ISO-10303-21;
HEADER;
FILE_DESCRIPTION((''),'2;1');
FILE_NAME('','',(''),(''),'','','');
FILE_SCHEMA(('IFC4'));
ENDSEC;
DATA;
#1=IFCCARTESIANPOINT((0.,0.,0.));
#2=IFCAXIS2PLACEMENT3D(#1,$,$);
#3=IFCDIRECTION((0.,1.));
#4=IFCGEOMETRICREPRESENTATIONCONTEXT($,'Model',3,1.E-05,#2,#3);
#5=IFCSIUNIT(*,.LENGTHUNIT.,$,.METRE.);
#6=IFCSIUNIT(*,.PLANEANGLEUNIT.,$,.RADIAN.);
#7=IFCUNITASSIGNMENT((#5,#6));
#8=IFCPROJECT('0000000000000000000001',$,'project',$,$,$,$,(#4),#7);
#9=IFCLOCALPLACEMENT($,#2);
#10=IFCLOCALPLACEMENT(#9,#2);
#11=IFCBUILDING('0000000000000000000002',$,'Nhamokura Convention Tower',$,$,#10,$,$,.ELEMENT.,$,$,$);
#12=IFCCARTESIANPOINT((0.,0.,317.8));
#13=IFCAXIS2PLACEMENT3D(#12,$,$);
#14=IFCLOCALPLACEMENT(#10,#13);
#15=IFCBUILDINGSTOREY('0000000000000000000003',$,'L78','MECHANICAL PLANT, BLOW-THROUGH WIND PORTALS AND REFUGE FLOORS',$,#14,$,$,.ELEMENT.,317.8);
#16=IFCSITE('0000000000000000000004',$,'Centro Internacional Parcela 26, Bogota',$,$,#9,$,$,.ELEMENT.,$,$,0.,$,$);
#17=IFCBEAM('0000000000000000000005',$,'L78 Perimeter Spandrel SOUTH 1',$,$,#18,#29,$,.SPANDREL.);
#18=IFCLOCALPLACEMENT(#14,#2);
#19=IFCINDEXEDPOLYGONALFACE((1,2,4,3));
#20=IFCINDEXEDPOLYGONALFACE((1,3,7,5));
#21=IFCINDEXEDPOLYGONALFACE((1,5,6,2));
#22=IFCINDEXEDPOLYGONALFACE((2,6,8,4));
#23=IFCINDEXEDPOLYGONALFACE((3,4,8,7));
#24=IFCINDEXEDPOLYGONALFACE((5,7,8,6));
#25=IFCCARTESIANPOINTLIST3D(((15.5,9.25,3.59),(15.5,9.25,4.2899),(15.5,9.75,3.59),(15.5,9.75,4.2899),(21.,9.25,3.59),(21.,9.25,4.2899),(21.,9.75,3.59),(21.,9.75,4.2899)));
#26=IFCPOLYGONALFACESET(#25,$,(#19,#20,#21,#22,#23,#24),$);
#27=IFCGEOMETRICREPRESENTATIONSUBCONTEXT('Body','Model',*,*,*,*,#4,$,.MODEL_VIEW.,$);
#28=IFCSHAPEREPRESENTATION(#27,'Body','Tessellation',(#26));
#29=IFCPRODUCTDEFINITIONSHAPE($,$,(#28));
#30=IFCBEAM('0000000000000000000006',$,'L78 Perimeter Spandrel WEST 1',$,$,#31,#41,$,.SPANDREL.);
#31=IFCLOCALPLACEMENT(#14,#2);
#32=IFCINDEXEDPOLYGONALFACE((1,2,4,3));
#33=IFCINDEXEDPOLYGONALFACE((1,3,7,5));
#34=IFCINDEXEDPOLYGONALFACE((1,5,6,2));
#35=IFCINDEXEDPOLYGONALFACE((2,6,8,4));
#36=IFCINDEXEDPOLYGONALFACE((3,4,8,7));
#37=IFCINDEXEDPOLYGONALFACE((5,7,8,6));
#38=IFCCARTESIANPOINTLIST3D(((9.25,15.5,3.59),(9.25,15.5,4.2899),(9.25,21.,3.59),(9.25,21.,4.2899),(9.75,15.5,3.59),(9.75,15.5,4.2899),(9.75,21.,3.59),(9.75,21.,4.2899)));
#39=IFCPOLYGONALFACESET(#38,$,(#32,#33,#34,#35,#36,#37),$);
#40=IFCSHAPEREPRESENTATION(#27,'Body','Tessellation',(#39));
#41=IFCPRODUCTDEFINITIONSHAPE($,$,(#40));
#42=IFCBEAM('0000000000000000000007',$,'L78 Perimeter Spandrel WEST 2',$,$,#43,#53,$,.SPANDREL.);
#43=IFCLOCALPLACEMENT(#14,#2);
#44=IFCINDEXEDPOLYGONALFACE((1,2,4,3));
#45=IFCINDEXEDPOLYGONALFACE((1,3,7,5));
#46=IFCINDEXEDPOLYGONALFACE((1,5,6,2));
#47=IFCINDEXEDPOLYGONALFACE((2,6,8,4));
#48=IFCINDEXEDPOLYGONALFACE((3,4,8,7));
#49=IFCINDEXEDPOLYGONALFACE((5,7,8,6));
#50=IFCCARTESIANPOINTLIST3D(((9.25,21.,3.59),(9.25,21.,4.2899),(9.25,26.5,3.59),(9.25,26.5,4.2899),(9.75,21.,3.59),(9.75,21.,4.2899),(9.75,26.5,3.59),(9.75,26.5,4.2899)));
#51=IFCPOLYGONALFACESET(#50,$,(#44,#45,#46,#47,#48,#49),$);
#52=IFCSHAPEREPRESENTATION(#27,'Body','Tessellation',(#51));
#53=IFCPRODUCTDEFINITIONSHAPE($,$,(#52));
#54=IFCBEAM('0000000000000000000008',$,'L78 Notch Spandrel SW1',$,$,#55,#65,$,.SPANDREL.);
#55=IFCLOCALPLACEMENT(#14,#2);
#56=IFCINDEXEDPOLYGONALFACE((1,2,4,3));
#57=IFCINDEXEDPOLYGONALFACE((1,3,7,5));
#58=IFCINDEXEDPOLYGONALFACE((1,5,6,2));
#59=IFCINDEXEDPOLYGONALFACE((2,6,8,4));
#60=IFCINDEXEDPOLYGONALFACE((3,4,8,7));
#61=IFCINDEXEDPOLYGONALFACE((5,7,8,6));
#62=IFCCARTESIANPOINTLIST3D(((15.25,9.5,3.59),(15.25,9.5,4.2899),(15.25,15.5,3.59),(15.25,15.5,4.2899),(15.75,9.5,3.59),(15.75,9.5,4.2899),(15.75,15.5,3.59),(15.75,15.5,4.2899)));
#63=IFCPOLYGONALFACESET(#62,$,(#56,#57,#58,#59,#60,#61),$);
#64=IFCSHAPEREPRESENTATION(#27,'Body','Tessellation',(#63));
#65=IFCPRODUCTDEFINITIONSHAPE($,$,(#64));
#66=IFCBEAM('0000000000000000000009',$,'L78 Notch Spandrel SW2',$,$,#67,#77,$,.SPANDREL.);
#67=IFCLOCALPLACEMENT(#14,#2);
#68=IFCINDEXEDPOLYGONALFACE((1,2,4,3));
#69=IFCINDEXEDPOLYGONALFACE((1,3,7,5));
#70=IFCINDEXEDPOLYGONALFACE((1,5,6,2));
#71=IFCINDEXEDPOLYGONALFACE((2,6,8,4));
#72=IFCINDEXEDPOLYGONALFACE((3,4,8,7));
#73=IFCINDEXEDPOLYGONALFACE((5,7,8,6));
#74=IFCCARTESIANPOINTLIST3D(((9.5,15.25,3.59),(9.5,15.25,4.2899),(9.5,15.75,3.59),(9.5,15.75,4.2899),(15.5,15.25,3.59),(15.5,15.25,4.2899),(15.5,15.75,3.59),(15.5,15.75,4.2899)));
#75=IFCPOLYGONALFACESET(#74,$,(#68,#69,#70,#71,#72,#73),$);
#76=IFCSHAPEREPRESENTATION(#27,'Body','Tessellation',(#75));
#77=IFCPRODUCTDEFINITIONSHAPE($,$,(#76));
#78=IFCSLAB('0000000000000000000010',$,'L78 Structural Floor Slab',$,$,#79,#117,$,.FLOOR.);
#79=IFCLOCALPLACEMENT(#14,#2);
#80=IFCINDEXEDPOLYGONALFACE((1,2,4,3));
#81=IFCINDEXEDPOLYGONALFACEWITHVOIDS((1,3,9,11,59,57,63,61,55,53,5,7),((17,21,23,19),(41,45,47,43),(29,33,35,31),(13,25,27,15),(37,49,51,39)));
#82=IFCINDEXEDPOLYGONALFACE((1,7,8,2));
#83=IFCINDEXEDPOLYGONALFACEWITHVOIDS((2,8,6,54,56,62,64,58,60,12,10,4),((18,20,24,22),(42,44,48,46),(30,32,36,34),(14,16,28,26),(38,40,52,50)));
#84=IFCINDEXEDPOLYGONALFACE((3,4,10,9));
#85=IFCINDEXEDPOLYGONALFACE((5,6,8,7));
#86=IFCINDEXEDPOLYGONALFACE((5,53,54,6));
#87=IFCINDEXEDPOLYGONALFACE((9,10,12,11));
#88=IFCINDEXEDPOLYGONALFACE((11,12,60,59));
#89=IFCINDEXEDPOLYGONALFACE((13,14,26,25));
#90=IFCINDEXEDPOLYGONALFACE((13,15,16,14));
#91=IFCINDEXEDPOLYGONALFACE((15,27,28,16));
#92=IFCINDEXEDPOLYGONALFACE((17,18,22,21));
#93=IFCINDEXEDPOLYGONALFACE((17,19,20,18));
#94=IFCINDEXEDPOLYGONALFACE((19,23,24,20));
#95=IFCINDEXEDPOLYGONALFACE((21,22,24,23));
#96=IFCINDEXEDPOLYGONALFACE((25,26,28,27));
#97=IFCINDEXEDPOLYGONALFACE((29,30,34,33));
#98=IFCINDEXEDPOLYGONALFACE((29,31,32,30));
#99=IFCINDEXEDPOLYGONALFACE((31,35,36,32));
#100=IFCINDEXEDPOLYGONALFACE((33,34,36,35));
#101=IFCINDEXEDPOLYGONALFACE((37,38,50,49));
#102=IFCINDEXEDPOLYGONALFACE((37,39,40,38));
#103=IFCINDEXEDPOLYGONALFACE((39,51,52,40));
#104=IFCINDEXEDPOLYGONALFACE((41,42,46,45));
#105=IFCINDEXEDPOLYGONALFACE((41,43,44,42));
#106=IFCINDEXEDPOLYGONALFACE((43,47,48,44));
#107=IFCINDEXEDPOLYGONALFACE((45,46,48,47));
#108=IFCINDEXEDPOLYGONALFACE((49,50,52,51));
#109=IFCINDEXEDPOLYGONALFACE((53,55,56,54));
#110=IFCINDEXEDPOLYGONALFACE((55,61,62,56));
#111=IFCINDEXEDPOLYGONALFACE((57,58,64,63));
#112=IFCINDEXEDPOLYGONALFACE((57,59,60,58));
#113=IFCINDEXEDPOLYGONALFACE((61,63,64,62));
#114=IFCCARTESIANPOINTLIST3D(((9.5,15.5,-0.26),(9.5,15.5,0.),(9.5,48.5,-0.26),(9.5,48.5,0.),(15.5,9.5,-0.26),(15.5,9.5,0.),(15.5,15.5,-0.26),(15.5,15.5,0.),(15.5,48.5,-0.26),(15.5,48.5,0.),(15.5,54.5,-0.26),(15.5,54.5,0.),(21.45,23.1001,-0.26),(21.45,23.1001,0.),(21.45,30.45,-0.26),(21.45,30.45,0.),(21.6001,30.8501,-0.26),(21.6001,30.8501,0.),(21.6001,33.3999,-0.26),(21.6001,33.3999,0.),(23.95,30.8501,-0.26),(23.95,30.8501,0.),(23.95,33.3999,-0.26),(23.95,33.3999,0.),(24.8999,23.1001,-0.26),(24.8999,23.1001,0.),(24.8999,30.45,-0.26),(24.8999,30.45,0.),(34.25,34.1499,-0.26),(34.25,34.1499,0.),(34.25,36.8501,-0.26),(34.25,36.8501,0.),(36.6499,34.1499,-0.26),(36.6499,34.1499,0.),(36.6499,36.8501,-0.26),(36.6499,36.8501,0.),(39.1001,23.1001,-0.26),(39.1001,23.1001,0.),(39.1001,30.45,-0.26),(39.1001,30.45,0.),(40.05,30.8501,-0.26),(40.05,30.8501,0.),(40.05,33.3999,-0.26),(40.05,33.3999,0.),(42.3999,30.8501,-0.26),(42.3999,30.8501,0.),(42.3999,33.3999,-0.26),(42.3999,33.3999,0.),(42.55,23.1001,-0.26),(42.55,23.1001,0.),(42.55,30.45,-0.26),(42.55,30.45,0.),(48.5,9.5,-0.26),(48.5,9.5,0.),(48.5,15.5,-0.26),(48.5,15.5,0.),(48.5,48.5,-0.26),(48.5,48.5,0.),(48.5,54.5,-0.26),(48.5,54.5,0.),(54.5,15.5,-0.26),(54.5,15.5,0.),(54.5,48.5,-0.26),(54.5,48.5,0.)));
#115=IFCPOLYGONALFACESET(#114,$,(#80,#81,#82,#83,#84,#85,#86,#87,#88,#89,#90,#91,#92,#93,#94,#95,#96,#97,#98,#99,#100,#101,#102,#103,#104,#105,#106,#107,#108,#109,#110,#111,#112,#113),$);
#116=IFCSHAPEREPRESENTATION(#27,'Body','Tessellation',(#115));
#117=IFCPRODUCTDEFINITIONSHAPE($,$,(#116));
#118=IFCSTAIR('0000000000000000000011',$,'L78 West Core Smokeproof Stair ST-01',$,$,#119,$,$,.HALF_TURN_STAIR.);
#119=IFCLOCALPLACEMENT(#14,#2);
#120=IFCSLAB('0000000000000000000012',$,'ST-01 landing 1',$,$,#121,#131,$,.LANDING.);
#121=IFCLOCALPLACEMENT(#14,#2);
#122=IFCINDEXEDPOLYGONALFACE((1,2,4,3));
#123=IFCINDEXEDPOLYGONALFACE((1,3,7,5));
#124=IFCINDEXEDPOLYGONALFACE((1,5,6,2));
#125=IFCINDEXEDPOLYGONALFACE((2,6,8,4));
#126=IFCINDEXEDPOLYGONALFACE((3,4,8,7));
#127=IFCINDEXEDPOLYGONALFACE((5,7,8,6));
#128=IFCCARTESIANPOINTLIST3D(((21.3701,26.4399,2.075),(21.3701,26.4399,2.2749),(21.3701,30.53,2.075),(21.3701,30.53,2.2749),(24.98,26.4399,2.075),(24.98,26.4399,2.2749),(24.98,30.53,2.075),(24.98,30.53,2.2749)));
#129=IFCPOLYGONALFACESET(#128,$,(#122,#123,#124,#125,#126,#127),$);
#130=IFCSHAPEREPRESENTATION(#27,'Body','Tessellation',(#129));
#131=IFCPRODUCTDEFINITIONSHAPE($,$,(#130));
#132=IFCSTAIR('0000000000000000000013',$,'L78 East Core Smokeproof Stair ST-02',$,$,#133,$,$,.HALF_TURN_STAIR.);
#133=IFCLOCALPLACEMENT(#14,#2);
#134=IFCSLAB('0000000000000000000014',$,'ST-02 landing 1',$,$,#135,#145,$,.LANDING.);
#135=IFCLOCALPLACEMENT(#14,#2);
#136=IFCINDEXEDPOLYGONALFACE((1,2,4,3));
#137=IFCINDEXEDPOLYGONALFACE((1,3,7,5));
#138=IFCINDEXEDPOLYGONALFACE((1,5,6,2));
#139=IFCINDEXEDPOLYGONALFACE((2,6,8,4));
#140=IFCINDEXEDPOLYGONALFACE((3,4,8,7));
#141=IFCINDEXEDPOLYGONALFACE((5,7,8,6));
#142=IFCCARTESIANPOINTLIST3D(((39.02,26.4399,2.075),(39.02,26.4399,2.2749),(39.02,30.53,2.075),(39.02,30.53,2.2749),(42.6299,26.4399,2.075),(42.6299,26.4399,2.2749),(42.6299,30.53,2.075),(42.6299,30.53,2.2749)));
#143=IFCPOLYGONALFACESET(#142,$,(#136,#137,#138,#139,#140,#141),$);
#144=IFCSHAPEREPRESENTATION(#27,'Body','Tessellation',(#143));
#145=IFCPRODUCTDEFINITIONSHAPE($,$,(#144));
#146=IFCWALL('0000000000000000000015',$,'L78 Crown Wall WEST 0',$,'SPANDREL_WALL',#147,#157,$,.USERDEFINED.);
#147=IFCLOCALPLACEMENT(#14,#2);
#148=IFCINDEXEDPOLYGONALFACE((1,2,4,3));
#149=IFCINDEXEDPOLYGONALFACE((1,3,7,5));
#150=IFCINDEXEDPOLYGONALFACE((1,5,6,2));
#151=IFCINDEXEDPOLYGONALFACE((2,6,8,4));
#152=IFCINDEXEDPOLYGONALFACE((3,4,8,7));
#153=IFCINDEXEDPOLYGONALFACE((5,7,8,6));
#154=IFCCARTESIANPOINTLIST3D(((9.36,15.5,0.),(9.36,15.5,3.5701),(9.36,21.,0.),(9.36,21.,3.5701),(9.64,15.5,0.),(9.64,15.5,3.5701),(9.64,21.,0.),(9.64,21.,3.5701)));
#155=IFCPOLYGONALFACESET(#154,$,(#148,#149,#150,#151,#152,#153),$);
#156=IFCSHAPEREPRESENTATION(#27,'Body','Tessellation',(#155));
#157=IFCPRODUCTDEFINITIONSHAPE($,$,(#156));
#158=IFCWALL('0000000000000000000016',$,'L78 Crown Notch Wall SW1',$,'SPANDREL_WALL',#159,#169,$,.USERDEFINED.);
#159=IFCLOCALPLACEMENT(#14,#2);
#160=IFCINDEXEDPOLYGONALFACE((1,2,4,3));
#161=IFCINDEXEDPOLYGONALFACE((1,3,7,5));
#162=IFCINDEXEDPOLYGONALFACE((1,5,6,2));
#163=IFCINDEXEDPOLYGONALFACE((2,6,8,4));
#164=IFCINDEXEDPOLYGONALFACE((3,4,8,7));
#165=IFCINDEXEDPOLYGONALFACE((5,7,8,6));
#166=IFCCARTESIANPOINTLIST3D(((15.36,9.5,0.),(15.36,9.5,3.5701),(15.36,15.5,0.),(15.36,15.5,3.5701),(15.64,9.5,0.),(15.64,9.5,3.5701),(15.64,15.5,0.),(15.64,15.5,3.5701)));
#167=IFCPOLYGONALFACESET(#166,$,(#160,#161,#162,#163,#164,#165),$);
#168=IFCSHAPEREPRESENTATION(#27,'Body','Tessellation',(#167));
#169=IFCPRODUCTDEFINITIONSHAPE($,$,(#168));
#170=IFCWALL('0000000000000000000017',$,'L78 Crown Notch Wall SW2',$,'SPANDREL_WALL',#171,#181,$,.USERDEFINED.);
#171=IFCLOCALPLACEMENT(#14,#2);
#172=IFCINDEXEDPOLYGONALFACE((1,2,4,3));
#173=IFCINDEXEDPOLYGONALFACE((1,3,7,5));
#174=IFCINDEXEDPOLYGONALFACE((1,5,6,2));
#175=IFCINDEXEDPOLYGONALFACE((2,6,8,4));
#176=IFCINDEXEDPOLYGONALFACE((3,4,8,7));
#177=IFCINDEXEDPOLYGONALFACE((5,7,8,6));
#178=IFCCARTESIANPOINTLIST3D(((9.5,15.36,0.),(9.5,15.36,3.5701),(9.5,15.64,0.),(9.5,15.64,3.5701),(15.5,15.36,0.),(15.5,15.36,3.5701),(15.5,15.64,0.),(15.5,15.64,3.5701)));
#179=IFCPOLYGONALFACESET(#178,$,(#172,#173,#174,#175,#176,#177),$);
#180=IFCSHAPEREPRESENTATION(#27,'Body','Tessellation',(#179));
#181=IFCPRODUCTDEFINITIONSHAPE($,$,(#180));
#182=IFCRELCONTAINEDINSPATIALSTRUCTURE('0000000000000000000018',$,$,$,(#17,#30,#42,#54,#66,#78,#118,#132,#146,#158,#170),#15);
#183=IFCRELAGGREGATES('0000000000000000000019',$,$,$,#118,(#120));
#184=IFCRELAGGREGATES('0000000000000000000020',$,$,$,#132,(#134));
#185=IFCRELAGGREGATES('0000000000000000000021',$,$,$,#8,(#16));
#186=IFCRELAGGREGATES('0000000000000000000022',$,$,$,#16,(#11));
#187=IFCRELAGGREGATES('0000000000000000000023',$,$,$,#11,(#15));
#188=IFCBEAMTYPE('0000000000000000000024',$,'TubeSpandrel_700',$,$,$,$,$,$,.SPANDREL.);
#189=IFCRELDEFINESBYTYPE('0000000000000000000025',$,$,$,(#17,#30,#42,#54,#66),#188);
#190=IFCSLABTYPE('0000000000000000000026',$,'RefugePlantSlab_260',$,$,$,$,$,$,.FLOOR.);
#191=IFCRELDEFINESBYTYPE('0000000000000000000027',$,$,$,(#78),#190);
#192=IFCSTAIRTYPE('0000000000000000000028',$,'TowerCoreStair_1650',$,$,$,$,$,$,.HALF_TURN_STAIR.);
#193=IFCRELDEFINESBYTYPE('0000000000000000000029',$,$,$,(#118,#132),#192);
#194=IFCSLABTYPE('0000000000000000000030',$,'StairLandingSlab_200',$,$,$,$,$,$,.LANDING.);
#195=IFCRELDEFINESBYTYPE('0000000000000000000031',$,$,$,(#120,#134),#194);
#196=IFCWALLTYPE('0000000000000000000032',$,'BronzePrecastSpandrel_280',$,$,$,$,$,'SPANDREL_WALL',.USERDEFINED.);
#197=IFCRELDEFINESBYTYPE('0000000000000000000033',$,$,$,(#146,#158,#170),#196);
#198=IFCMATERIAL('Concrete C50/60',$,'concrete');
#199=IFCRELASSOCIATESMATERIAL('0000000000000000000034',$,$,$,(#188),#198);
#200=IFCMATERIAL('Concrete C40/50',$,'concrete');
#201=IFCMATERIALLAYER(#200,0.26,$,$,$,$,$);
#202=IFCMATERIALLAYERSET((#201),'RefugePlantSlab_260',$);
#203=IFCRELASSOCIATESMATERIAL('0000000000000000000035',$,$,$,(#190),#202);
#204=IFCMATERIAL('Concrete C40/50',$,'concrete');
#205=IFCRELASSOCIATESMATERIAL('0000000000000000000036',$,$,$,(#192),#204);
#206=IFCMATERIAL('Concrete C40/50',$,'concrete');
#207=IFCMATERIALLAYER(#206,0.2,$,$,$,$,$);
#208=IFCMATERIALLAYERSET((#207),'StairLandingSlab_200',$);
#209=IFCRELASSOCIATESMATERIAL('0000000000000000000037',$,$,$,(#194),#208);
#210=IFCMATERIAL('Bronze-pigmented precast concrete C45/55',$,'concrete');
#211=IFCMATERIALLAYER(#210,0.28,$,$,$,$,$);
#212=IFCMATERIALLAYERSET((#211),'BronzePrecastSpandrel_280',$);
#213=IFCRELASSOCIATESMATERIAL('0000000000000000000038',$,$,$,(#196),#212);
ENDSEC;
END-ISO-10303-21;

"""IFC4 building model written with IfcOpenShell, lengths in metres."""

from ifc_helpers import new_model, si_unit, direction, frame, frame_2d, origin, origin_2d, place, context, subcontext, project, spatial, polyline, rectangle, outline, extrude, material, layer, layer_set, material_profile, profile_set, type_object, element, aggregate, save


model = new_model("IFC4")

# Units and contexts
model_context = context("Model", 3, precision=1e-05, world=origin(), true_north=direction((0.0, 1.0)))
body_context = subcontext(model_context, "Body", "Model", "MODEL_VIEW")
ifc_project = project(units=[si_unit("LENGTHUNIT", "METRE"), si_unit("PLANEANGLEUNIT", "RADIAN")], contexts=[model_context])

# Site, building, storey
site_placement = place(None, origin())
site = spatial("IfcSite", under=ifc_project, at=site_placement, Name="Centro Internacional Parcela 26, Bogota", CompositionType="ELEMENT", RefElevation=0.0)
building_placement = place(site_placement, origin())
building = spatial("IfcBuilding", under=site, at=building_placement, Name="Nhamokura Convention Tower", CompositionType="ELEMENT")
storey_placement = place(building_placement, frame((0.0, 0.0, 317.8)))
storey = spatial("IfcBuildingStorey", under=building, at=storey_placement, Name="L78", Description="MECHANICAL PLANT, BLOW-THROUGH WIND PORTALS AND REFUGE FLOORS", CompositionType="ELEMENT", Elevation=317.8)

# Beams
ifc_material_1 = material(Name="Concrete C50/60", Category="concrete")
ifc_material_profile_1 = material_profile(ifc_material_1, rectangle(XDim=0.5, YDim=0.7, at=origin_2d()))
ifc_profile_set_1 = profile_set([ifc_material_profile_1], Name="Concrete C50/60")
beam_type_1 = type_object("IfcBeamType", Name="TubeSpandrel_700", PredefinedType="SPANDREL", material=ifc_profile_set_1)
for number, where, z_axis, x_axis, name in (
    (1, (15.5, 9.5, 3.9399), (1.0, 0.0, 0.0), (0.0, 1.0, 0.0), "L78 Perimeter Spandrel SOUTH 1"),
    (2, (9.5, 15.5, 3.9399), (0.0, 1.0, 0.0), (-1.0, 0.0, 0.0), "L78 Perimeter Spandrel WEST 1"),
    (3, (9.5, 21.0, 3.9399), (0.0, 1.0, 0.0), (-1.0, 0.0, 0.0), "L78 Perimeter Spandrel WEST 2"),
):
    element("IfcBeam", number, at=place(storey_placement, frame(where, z_axis=z_axis, x_axis=x_axis)), inside=storey, type_object=beam_type_1, Name=name, PredefinedType="SPANDREL", context=body_context, shape_type="SweptSolid", body=[
        extrude(rectangle(XDim=0.5, YDim=0.7, at=origin_2d()), origin(), (0.0, 0.0, 1.0), 5.5),
    ])
for number, where, z_axis, x_axis, name in (
    (4, (15.5, 9.5, 3.9399), (0.0, 1.0, 0.0), (-1.0, 0.0, 0.0), "L78 Notch Spandrel SW1"),
    (5, (15.5, 15.5, 3.9399), (-1.0, 0.0, 0.0), (0.0, -1.0, 0.0), "L78 Notch Spandrel SW2"),
):
    element("IfcBeam", number, at=place(storey_placement, frame(where, z_axis=z_axis, x_axis=x_axis)), inside=storey, type_object=beam_type_1, Name=name, PredefinedType="SPANDREL", context=body_context, shape_type="SweptSolid", body=[
        extrude(rectangle(XDim=0.5, YDim=0.7, at=origin_2d()), origin(), (0.0, 0.0, 1.0), 6.0),
    ])

# Slab
ifc_material_2 = material(Name="Concrete C40/50", Category="concrete")
ifc_layer_1 = layer(ifc_material_2, 0.26)
ifc_layer_set_1 = layer_set([ifc_layer_1], Name="RefugePlantSlab_260")
slab_type_1 = type_object("IfcSlabType", Name="RefugePlantSlab_260", PredefinedType="FLOOR", material=ifc_layer_set_1)
slab_1_placement = place(storey_placement, frame((0.0, 0.0, -0.26)))
element("IfcSlab", 6, at=slab_1_placement, inside=storey, type_object=slab_type_1, Name="L78 Structural Floor Slab", PredefinedType="FLOOR", context=body_context, shape_type="SweptSolid", body=[
    extrude(outline(polyline([(15.5, 9.5), (48.5, 9.5), (48.5, 15.5), (54.5, 15.5), (54.5, 48.5), (48.5, 48.5), (48.5, 54.5), (15.5, 54.5), (15.5, 48.5), (9.5, 48.5), (9.5, 15.5), (15.5, 15.5), (15.5, 9.5)]), holes=[polyline([(24.8999, 23.1001), (24.8999, 30.45), (21.45, 30.45), (21.45, 23.1001), (24.8999, 23.1001)]), polyline([(42.55, 23.1001), (42.55, 30.45), (39.1001, 30.45), (39.1001, 23.1001), (42.55, 23.1001)]), polyline([(21.6001, 30.8501), (23.95, 30.8501), (23.95, 33.3999), (21.6001, 33.3999), (21.6001, 30.8501)]), polyline([(40.05, 30.8501), (42.3999, 30.8501), (42.3999, 33.3999), (40.05, 33.3999), (40.05, 30.8501)]), polyline([(34.25, 34.1499), (36.6499, 34.1499), (36.6499, 36.8501), (34.25, 36.8501), (34.25, 34.1499)])]), origin(), (0.0, 0.0, 1.0), 0.26),
])

# Stairs, slabs
ifc_material_3 = material(Name="Concrete C40/50", Category="concrete")
stair_type = type_object("IfcStairType", Name="TowerCoreStair_1650", PredefinedType="HALF_TURN_STAIR", material=ifc_material_3)
stair_1_placement = place(storey_placement, origin())
stair_1 = element("IfcStair", 7, at=stair_1_placement, inside=storey, type_object=stair_type, Name="L78 West Core Smokeproof Stair ST-01", PredefinedType="HALF_TURN_STAIR")
ifc_material_4 = material(Name="Concrete C40/50", Category="concrete")
ifc_layer_2 = layer(ifc_material_4, 0.2)
ifc_layer_set_2 = layer_set([ifc_layer_2], Name="StairLandingSlab_200")
slab_type_2 = type_object("IfcSlabType", Name="StairLandingSlab_200", PredefinedType="LANDING", material=ifc_layer_set_2)
slab_2_placement = place(storey_placement, frame((0.0, 0.0, 2.075)))
slab_2 = element("IfcSlab", 8, at=slab_2_placement, type_object=slab_type_2, Name="ST-01 landing 1", PredefinedType="LANDING", context=body_context, shape_type="SweptSolid", body=[
    extrude(outline(polyline([(24.98, 26.4399), (24.98, 30.53), (21.3701, 30.53), (21.3701, 26.4399), (24.98, 26.4399)])), origin(), (0.0, 0.0, 1.0), 0.2),
])
aggregate(stair_1, [slab_2])
stair_2_placement = place(storey_placement, origin())
stair_2 = element("IfcStair", 9, at=stair_2_placement, inside=storey, type_object=stair_type, Name="L78 East Core Smokeproof Stair ST-02", PredefinedType="HALF_TURN_STAIR")
slab_3_placement = place(storey_placement, frame((0.0, 0.0, 2.075)))
slab_3 = element("IfcSlab", 10, at=slab_3_placement, type_object=slab_type_2, Name="ST-02 landing 1", PredefinedType="LANDING", context=body_context, shape_type="SweptSolid", body=[
    extrude(outline(polyline([(42.6299, 26.4399), (42.6299, 30.53), (39.02, 30.53), (39.02, 26.4399), (42.6299, 26.4399)])), origin(), (0.0, 0.0, 1.0), 0.2),
])
aggregate(stair_2, [slab_3])

# Walls
ifc_material_5 = material(Name="Bronze-pigmented precast concrete C45/55", Category="concrete")
ifc_layer_3 = layer(ifc_material_5, 0.28)
ifc_layer_set_3 = layer_set([ifc_layer_3], Name="BronzePrecastSpandrel_280")
wall_type_1 = type_object("IfcWallType", Name="BronzePrecastSpandrel_280", ElementType="SPANDREL_WALL", PredefinedType="USERDEFINED", material=ifc_layer_set_3)
wall_1_placement = place(storey_placement, frame((9.5, 15.5, 0.0), z_axis=(0.0, 0.0, 1.0), x_axis=(0.0, 1.0, 0.0)))
element("IfcWall", 11, at=wall_1_placement, inside=storey, type_object=wall_type_1, Name="L78 Crown Wall WEST 0", ObjectType="SPANDREL_WALL", PredefinedType="USERDEFINED", context=body_context, shape_type="SweptSolid", body=[
    extrude(rectangle(XDim=5.5, YDim=0.28, at=frame_2d((2.75, 0.0))), origin(), (0.0, 0.0, 1.0), 3.5701),
])
for number, where, z_axis, x_axis, name in (
    (12, (15.5, 9.5, 0.0), (0.0, 0.0, 1.0), (0.0, 1.0, 0.0), "L78 Crown Notch Wall SW1"),
    (13, (15.5, 15.5, 0.0), (0.0, 0.0, 1.0), (-1.0, 0.0, 0.0), "L78 Crown Notch Wall SW2"),
):
    element("IfcWall", number, at=place(storey_placement, frame(where, z_axis=z_axis, x_axis=x_axis)), inside=storey, type_object=wall_type_1, Name=name, ObjectType="SPANDREL_WALL", PredefinedType="USERDEFINED", context=body_context, shape_type="SweptSolid", body=[
        extrude(rectangle(XDim=6.0, YDim=0.28, at=frame_2d((3.0, 0.0))), origin(), (0.0, 0.0, 1.0), 3.5701),
    ])

save(model, "model.ifc")
